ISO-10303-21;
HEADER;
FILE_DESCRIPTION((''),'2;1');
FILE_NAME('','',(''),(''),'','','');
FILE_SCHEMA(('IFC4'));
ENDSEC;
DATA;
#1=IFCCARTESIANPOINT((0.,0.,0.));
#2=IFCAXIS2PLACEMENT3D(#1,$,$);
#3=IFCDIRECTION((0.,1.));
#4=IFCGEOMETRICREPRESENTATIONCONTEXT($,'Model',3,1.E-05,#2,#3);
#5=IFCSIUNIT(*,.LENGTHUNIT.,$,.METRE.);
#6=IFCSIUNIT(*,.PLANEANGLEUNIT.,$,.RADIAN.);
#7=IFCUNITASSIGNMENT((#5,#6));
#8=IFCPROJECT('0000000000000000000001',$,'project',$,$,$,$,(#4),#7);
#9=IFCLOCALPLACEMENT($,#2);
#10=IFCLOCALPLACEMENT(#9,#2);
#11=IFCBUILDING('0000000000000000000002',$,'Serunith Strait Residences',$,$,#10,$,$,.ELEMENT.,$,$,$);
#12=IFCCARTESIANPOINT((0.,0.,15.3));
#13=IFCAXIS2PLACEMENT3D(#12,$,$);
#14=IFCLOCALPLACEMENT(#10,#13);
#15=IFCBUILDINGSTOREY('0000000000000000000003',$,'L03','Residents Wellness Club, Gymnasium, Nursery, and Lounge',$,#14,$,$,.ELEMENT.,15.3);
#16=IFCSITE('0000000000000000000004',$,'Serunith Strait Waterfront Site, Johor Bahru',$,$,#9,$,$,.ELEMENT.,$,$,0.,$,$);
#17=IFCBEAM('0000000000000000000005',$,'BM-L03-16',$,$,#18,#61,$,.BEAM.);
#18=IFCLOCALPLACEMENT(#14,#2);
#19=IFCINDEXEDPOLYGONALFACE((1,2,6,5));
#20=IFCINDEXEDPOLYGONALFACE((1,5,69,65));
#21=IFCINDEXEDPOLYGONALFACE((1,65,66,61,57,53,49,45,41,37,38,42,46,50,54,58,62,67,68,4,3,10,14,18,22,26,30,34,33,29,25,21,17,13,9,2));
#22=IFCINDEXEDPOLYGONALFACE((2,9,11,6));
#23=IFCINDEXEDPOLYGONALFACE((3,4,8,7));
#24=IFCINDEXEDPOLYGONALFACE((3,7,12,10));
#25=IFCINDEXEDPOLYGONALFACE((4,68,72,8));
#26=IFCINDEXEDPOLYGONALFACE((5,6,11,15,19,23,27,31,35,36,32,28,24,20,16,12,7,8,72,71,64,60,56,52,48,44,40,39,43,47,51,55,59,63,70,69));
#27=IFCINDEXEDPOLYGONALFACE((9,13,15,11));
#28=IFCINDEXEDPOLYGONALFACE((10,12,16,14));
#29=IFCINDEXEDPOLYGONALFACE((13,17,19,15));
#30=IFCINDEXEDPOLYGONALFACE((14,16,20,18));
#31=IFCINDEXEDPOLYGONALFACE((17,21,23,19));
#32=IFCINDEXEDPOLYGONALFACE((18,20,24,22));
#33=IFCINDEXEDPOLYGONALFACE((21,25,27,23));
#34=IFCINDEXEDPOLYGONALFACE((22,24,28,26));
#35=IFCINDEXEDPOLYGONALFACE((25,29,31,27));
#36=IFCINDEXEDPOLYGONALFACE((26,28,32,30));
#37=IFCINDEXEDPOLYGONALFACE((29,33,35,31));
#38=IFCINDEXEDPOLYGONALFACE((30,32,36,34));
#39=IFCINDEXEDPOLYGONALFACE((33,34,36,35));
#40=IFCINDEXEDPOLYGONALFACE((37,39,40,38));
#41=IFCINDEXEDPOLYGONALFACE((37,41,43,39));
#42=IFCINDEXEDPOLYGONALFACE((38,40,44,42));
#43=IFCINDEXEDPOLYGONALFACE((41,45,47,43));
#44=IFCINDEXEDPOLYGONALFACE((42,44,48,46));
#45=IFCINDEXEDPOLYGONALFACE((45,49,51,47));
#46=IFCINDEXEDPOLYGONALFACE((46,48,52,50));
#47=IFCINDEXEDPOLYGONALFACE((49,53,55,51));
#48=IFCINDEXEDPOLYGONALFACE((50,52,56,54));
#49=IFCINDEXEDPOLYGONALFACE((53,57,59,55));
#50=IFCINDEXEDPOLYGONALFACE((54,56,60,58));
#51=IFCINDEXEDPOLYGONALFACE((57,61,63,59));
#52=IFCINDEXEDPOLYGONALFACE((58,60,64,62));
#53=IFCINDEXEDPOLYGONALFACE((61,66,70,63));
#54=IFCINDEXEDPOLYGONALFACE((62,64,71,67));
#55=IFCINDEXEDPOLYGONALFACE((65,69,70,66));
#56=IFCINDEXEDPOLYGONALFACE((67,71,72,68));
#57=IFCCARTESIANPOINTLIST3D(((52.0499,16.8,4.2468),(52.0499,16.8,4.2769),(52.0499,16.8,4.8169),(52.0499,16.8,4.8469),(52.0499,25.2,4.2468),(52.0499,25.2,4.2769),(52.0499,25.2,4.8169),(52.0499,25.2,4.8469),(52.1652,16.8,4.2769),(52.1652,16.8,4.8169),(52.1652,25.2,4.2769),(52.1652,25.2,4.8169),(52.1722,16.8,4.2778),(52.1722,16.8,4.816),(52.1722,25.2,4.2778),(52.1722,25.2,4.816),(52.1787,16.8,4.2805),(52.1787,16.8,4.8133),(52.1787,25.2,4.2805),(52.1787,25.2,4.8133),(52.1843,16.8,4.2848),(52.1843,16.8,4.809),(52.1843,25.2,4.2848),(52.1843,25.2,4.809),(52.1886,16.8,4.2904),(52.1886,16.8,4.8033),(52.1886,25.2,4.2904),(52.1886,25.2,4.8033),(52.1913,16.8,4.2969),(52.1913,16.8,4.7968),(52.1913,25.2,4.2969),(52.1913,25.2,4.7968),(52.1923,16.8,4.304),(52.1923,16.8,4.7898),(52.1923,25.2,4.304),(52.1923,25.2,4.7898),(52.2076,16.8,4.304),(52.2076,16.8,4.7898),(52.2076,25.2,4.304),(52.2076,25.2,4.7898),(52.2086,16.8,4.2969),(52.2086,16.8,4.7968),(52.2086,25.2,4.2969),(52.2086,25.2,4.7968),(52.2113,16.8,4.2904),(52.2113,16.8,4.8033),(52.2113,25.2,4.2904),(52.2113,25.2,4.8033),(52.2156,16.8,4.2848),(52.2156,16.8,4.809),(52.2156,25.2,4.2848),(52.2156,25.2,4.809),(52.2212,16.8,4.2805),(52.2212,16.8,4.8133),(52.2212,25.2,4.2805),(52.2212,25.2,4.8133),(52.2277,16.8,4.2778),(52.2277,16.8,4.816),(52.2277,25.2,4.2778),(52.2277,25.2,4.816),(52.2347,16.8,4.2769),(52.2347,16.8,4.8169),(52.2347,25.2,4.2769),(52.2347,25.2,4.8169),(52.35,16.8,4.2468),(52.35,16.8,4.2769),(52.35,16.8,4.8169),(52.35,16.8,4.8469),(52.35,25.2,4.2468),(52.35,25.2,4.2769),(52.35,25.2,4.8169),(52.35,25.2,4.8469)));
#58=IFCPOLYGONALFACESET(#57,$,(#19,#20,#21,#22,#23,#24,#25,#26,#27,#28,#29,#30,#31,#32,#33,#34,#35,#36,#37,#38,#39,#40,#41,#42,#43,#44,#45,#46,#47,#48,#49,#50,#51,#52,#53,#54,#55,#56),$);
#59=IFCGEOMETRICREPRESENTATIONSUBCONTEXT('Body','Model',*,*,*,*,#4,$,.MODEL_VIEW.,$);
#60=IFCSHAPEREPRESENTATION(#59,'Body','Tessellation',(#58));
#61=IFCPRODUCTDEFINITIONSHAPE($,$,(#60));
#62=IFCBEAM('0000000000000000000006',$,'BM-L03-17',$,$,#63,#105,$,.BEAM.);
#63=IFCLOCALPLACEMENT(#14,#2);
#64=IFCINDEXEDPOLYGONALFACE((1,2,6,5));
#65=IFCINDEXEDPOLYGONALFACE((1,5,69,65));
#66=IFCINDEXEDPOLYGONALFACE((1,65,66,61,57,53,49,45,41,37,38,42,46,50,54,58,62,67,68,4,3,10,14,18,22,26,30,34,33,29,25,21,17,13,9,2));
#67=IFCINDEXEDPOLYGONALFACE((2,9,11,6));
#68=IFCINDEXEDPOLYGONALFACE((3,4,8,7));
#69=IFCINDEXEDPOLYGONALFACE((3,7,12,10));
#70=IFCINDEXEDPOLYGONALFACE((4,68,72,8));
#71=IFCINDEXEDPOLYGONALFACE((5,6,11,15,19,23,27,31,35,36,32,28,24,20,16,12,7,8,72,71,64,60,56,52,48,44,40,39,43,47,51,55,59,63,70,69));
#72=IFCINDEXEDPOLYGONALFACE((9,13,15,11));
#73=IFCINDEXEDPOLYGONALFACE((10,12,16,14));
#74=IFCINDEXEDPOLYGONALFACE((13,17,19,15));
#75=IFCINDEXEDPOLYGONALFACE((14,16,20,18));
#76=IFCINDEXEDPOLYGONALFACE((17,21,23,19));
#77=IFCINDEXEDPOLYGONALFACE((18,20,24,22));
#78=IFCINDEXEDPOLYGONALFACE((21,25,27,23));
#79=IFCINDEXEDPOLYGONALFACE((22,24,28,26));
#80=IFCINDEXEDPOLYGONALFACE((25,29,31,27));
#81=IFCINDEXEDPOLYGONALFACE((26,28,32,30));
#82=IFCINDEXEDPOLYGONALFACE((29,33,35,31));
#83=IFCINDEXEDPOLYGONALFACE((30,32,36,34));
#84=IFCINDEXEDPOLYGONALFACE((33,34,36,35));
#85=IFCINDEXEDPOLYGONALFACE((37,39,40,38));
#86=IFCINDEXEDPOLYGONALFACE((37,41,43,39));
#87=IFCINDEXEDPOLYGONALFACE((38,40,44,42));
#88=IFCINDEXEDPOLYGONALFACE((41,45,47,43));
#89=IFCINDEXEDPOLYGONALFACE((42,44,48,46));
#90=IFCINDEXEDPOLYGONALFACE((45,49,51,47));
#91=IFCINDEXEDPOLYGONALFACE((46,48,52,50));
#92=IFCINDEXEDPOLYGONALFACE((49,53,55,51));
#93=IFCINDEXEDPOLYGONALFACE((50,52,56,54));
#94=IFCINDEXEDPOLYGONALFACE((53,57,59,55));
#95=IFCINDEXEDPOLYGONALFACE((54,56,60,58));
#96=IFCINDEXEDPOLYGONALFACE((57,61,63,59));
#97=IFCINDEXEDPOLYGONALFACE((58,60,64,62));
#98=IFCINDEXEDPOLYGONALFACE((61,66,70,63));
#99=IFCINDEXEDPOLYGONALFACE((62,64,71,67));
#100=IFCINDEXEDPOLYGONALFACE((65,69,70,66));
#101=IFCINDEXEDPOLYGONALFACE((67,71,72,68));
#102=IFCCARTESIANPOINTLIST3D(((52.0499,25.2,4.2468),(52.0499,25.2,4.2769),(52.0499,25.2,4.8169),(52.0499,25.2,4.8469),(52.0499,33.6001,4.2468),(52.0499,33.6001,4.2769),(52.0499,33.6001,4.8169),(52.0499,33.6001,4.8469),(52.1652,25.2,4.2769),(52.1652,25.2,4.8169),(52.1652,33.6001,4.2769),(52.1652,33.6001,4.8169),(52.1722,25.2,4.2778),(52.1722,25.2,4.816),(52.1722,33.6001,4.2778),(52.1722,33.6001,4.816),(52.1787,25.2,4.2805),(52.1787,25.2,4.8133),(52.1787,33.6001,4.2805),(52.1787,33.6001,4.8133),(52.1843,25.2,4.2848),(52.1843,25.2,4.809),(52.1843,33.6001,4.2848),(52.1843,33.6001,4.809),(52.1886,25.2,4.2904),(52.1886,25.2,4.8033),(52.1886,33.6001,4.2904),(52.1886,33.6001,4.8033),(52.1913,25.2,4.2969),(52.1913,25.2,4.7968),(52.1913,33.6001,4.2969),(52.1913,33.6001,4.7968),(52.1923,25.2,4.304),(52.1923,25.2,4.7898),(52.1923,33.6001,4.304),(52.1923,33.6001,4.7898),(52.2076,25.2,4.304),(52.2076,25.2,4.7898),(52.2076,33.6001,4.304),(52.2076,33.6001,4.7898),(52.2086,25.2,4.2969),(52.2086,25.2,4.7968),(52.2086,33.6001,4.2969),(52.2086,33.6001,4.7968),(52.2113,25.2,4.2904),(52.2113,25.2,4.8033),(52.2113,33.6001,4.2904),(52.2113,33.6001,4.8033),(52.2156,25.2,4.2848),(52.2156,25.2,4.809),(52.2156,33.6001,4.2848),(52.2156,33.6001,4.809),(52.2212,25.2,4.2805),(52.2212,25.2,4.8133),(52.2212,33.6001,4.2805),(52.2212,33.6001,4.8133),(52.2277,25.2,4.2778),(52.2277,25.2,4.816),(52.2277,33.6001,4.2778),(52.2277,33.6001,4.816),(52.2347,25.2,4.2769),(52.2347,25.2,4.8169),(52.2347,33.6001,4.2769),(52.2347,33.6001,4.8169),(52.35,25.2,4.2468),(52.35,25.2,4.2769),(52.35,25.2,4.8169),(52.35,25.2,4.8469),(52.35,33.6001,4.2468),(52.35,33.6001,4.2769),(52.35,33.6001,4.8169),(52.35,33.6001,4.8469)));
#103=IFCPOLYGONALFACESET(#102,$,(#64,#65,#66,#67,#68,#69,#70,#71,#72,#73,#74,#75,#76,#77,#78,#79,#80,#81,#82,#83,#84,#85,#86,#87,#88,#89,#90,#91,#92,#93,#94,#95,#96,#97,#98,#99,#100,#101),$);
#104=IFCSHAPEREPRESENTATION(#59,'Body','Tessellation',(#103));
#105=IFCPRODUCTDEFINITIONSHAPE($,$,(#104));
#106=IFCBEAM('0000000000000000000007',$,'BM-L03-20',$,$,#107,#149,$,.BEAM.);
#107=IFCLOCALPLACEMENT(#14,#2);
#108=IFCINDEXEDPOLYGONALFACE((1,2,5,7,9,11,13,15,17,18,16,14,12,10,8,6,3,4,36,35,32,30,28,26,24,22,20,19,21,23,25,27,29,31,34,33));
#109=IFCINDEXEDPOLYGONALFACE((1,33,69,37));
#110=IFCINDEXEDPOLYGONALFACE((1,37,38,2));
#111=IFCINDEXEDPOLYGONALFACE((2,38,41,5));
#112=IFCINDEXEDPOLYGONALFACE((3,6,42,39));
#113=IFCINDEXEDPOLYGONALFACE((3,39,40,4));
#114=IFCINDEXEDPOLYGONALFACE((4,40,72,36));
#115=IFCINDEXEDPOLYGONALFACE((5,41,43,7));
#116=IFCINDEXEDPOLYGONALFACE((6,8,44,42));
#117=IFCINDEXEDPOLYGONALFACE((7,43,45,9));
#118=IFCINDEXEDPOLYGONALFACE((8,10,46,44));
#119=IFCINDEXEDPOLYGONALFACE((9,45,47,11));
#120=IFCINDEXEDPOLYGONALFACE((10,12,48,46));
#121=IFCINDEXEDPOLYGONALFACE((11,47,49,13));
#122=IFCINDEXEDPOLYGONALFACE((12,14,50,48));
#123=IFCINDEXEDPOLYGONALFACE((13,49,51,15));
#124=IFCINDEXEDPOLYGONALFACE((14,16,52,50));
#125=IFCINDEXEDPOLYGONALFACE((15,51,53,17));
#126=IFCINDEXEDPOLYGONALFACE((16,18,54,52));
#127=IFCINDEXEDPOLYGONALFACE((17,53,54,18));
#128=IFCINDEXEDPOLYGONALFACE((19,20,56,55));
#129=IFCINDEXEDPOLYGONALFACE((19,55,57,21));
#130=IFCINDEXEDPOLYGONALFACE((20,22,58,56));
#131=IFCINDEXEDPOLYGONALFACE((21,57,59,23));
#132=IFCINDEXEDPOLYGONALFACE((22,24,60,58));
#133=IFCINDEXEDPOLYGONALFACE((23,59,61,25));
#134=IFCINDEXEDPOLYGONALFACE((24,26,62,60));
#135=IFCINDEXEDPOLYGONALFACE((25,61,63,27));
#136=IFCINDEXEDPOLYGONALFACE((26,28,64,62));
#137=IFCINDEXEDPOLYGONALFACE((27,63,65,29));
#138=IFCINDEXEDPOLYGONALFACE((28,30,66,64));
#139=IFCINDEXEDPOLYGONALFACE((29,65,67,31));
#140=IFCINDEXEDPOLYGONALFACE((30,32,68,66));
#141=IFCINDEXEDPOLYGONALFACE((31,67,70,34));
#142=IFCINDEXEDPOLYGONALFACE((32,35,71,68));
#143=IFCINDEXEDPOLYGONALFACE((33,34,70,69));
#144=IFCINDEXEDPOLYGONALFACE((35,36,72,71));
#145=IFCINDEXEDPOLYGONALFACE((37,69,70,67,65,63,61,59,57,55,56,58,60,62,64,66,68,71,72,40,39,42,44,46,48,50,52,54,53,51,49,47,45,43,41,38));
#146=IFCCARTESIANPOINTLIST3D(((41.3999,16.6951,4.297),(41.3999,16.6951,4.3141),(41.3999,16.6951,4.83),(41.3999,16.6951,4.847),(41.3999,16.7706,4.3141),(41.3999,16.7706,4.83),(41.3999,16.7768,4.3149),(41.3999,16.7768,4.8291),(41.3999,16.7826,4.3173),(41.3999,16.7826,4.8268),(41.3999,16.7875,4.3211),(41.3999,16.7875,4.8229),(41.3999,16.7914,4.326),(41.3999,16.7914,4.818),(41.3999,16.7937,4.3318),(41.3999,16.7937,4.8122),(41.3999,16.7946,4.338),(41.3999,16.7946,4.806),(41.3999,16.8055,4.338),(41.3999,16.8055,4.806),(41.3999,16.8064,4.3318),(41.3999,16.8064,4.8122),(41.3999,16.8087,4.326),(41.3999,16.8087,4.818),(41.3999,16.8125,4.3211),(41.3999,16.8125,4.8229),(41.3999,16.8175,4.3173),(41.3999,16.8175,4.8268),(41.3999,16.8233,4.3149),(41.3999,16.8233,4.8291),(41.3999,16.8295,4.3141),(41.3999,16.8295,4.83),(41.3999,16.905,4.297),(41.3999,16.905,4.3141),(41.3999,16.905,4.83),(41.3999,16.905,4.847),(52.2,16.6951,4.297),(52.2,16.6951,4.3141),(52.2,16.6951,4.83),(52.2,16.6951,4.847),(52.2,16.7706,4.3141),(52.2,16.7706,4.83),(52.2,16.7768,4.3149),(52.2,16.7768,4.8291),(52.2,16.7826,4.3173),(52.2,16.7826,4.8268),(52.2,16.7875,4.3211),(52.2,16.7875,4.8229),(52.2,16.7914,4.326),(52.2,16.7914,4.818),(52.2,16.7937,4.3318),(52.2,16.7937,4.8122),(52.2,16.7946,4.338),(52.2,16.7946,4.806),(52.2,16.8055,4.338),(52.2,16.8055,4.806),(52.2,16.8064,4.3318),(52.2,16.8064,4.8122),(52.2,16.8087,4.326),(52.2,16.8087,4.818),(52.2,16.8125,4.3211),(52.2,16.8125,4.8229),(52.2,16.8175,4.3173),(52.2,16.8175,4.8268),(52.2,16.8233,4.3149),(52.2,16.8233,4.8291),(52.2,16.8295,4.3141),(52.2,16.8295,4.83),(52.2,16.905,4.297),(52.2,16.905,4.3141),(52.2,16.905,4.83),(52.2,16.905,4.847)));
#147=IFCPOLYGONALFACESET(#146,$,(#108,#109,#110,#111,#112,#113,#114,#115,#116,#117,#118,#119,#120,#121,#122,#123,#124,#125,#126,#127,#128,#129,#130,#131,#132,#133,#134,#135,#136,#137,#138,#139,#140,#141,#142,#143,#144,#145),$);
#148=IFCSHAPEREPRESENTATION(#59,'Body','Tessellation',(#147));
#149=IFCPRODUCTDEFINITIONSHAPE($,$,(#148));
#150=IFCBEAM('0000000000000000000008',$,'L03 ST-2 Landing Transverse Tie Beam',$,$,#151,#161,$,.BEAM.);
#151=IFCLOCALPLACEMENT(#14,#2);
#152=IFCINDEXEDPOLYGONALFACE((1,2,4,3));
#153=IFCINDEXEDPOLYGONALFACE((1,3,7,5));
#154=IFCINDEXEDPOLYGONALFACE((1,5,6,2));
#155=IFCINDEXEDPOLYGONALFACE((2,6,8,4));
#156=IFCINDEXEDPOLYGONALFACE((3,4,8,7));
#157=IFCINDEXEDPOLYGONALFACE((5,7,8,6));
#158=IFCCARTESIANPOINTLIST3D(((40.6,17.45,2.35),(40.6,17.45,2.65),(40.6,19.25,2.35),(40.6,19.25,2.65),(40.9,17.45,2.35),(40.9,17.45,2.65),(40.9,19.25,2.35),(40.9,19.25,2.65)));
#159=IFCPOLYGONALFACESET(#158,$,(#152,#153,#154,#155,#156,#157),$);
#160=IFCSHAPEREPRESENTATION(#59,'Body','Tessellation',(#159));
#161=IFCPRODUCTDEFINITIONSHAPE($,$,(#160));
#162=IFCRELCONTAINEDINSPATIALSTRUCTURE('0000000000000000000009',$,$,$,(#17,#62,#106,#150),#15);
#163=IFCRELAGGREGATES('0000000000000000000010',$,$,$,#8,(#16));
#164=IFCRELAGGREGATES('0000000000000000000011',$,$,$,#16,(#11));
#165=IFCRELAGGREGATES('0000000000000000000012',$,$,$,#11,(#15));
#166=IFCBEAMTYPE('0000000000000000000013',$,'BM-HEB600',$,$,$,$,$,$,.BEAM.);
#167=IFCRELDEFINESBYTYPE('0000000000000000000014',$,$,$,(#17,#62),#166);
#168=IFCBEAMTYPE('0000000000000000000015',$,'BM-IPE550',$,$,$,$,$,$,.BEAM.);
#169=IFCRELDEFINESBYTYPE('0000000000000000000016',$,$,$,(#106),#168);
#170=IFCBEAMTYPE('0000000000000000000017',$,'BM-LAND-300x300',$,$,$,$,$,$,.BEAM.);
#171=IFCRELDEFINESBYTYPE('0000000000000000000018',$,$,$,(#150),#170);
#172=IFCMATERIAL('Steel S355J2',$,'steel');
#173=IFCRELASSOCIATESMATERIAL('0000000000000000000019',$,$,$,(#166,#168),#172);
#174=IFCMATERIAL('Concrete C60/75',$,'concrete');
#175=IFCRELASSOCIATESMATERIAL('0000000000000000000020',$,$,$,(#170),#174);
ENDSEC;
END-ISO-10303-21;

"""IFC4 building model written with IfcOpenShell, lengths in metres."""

from ifc_helpers import new_model, si_unit, direction, frame, origin, origin_2d, place, context, subcontext, project, spatial, rectangle, i_section, extrude, source, transform, mapped, material, material_profile, profile_set, type_object, element, save


model = new_model("IFC4")

# Units and contexts
model_context = context("Model", 3, precision=1e-05, world=origin(), true_north=direction((0.0, 1.0)))
body_context = subcontext(model_context, "Body", "Model", "MODEL_VIEW")
ifc_project = project(units=[si_unit("LENGTHUNIT", "METRE"), si_unit("PLANEANGLEUNIT", "RADIAN")], contexts=[model_context])

# Site, building, storey
site_placement = place(None, origin())
site = spatial("IfcSite", under=ifc_project, at=site_placement, Name="Serunith Strait Waterfront Site, Johor Bahru", CompositionType="ELEMENT", RefElevation=0.0)
building_placement = place(site_placement, origin())
building = spatial("IfcBuilding", under=site, at=building_placement, Name="Serunith Strait Residences", CompositionType="ELEMENT")
storey_placement = place(building_placement, frame((0.0, 0.0, 15.3)))
storey = spatial("IfcBuildingStorey", under=building, at=storey_placement, Name="L03", Description="Residents Wellness Club, Gymnasium, Nursery, and Lounge", CompositionType="ELEMENT", Elevation=15.3)

# Beams
ifc_material_1 = material(Name="Steel S355J2", Category="steel")
ifc_material_profile_1 = material_profile(ifc_material_1, i_section(OverallWidth=0.3, OverallDepth=0.6001, WebThickness=0.0154, FlangeThickness=0.03, FilletRadius=0.0271, at=origin_2d()), Name="HEB 600")
ifc_profile_set_1 = profile_set([ifc_material_profile_1], Name="Steel S355J2")
beam_type_1 = type_object("IfcBeamType", Name="BM-HEB600", PredefinedType="BEAM", material=ifc_profile_set_1)
shared_shape_1 = source(origin(), body_context, "Body", "SweptSolid", [
    extrude(i_section(OverallWidth=0.3, OverallDepth=0.6001, WebThickness=0.0154, FlangeThickness=0.03, FilletRadius=0.0271, at=origin_2d()), origin(), (0.0, 0.0, 1.0), 8.3999),
])
beam_1_placement = place(storey_placement, frame((52.2, 16.8, 4.5469), z_axis=(0.0, 1.0, 0.0), x_axis=(-1.0, 0.0, 0.0)))
element("IfcBeam", 1, at=beam_1_placement, inside=storey, type_object=beam_type_1, Name="BM-L03-16", PredefinedType="BEAM", context=body_context, shape_type="MappedRepresentation", body=[
    mapped(shared_shape_1, transform((0.0, 0.0, 0.0), scale=1.0)),
])
shared_shape_2 = source(origin(), body_context, "Body", "SweptSolid", [
    extrude(i_section(OverallWidth=0.3, OverallDepth=0.6001, WebThickness=0.0154, FlangeThickness=0.03, FilletRadius=0.0271, at=origin_2d()), origin(), (0.0, 0.0, 1.0), 8.4001),
])
beam_2_placement = place(storey_placement, frame((52.2, 25.2, 4.5469), z_axis=(0.0, 1.0, 0.0), x_axis=(-1.0, 0.0, 0.0)))
element("IfcBeam", 2, at=beam_2_placement, inside=storey, type_object=beam_type_1, Name="BM-L03-17", PredefinedType="BEAM", context=body_context, shape_type="MappedRepresentation", body=[
    mapped(shared_shape_2, transform((0.0, 0.0, 0.0), scale=1.0)),
])
ifc_material_profile_2 = material_profile(ifc_material_1, i_section(OverallWidth=0.21, OverallDepth=0.55, WebThickness=0.011, FlangeThickness=0.0171, FilletRadius=0.0239, at=origin_2d()), Name="IPE 550")
ifc_profile_set_2 = profile_set([ifc_material_profile_2], Name="Steel S355J2")
beam_type_2 = type_object("IfcBeamType", Name="BM-IPE550", PredefinedType="BEAM", material=ifc_profile_set_2)
shared_shape_3 = source(origin(), body_context, "Body", "SweptSolid", [
    extrude(i_section(OverallWidth=0.21, OverallDepth=0.55, WebThickness=0.011, FlangeThickness=0.0171, FilletRadius=0.0239, at=origin_2d()), origin(), (0.0, 0.0, 1.0), 10.8),
])
beam_3_placement = place(storey_placement, frame((41.3999, 16.8, 4.572), z_axis=(1.0, 0.0, 0.0), x_axis=(0.0, 1.0, 0.0)))
element("IfcBeam", 3, at=beam_3_placement, inside=storey, type_object=beam_type_2, Name="BM-L03-20", PredefinedType="BEAM", context=body_context, shape_type="MappedRepresentation", body=[
    mapped(shared_shape_3, transform((0.0, 0.0, 0.0), scale=1.0)),
])
ifc_material_2 = material(Name="Concrete C60/75", Category="concrete")
ifc_material_profile_3 = material_profile(ifc_material_2, rectangle(XDim=0.3, YDim=0.3, at=origin_2d()), Name="RC 300x300")
ifc_profile_set_3 = profile_set([ifc_material_profile_3], Name="Concrete C60/75")
beam_type_3 = type_object("IfcBeamType", Name="BM-LAND-300x300", PredefinedType="BEAM", material=ifc_profile_set_3)
shared_shape_4 = source(origin(), body_context, "Body", "SweptSolid", [
    extrude(rectangle(XDim=0.3, YDim=0.3, at=origin_2d()), origin(), (0.0, 0.0, 1.0), 1.8),
])
beam_4_placement = place(storey_placement, frame((40.75, 17.45, 2.5), z_axis=(0.0, 1.0, 0.0), x_axis=(-1.0, 0.0, 0.0)))
element("IfcBeam", 4, at=beam_4_placement, inside=storey, type_object=beam_type_3, Name="L03 ST-2 Landing Transverse Tie Beam", PredefinedType="BEAM", context=body_context, shape_type="MappedRepresentation", body=[
    mapped(shared_shape_4, transform((0.0, 0.0, 0.0), scale=1.0)),
])

save(model, "model.ifc")
